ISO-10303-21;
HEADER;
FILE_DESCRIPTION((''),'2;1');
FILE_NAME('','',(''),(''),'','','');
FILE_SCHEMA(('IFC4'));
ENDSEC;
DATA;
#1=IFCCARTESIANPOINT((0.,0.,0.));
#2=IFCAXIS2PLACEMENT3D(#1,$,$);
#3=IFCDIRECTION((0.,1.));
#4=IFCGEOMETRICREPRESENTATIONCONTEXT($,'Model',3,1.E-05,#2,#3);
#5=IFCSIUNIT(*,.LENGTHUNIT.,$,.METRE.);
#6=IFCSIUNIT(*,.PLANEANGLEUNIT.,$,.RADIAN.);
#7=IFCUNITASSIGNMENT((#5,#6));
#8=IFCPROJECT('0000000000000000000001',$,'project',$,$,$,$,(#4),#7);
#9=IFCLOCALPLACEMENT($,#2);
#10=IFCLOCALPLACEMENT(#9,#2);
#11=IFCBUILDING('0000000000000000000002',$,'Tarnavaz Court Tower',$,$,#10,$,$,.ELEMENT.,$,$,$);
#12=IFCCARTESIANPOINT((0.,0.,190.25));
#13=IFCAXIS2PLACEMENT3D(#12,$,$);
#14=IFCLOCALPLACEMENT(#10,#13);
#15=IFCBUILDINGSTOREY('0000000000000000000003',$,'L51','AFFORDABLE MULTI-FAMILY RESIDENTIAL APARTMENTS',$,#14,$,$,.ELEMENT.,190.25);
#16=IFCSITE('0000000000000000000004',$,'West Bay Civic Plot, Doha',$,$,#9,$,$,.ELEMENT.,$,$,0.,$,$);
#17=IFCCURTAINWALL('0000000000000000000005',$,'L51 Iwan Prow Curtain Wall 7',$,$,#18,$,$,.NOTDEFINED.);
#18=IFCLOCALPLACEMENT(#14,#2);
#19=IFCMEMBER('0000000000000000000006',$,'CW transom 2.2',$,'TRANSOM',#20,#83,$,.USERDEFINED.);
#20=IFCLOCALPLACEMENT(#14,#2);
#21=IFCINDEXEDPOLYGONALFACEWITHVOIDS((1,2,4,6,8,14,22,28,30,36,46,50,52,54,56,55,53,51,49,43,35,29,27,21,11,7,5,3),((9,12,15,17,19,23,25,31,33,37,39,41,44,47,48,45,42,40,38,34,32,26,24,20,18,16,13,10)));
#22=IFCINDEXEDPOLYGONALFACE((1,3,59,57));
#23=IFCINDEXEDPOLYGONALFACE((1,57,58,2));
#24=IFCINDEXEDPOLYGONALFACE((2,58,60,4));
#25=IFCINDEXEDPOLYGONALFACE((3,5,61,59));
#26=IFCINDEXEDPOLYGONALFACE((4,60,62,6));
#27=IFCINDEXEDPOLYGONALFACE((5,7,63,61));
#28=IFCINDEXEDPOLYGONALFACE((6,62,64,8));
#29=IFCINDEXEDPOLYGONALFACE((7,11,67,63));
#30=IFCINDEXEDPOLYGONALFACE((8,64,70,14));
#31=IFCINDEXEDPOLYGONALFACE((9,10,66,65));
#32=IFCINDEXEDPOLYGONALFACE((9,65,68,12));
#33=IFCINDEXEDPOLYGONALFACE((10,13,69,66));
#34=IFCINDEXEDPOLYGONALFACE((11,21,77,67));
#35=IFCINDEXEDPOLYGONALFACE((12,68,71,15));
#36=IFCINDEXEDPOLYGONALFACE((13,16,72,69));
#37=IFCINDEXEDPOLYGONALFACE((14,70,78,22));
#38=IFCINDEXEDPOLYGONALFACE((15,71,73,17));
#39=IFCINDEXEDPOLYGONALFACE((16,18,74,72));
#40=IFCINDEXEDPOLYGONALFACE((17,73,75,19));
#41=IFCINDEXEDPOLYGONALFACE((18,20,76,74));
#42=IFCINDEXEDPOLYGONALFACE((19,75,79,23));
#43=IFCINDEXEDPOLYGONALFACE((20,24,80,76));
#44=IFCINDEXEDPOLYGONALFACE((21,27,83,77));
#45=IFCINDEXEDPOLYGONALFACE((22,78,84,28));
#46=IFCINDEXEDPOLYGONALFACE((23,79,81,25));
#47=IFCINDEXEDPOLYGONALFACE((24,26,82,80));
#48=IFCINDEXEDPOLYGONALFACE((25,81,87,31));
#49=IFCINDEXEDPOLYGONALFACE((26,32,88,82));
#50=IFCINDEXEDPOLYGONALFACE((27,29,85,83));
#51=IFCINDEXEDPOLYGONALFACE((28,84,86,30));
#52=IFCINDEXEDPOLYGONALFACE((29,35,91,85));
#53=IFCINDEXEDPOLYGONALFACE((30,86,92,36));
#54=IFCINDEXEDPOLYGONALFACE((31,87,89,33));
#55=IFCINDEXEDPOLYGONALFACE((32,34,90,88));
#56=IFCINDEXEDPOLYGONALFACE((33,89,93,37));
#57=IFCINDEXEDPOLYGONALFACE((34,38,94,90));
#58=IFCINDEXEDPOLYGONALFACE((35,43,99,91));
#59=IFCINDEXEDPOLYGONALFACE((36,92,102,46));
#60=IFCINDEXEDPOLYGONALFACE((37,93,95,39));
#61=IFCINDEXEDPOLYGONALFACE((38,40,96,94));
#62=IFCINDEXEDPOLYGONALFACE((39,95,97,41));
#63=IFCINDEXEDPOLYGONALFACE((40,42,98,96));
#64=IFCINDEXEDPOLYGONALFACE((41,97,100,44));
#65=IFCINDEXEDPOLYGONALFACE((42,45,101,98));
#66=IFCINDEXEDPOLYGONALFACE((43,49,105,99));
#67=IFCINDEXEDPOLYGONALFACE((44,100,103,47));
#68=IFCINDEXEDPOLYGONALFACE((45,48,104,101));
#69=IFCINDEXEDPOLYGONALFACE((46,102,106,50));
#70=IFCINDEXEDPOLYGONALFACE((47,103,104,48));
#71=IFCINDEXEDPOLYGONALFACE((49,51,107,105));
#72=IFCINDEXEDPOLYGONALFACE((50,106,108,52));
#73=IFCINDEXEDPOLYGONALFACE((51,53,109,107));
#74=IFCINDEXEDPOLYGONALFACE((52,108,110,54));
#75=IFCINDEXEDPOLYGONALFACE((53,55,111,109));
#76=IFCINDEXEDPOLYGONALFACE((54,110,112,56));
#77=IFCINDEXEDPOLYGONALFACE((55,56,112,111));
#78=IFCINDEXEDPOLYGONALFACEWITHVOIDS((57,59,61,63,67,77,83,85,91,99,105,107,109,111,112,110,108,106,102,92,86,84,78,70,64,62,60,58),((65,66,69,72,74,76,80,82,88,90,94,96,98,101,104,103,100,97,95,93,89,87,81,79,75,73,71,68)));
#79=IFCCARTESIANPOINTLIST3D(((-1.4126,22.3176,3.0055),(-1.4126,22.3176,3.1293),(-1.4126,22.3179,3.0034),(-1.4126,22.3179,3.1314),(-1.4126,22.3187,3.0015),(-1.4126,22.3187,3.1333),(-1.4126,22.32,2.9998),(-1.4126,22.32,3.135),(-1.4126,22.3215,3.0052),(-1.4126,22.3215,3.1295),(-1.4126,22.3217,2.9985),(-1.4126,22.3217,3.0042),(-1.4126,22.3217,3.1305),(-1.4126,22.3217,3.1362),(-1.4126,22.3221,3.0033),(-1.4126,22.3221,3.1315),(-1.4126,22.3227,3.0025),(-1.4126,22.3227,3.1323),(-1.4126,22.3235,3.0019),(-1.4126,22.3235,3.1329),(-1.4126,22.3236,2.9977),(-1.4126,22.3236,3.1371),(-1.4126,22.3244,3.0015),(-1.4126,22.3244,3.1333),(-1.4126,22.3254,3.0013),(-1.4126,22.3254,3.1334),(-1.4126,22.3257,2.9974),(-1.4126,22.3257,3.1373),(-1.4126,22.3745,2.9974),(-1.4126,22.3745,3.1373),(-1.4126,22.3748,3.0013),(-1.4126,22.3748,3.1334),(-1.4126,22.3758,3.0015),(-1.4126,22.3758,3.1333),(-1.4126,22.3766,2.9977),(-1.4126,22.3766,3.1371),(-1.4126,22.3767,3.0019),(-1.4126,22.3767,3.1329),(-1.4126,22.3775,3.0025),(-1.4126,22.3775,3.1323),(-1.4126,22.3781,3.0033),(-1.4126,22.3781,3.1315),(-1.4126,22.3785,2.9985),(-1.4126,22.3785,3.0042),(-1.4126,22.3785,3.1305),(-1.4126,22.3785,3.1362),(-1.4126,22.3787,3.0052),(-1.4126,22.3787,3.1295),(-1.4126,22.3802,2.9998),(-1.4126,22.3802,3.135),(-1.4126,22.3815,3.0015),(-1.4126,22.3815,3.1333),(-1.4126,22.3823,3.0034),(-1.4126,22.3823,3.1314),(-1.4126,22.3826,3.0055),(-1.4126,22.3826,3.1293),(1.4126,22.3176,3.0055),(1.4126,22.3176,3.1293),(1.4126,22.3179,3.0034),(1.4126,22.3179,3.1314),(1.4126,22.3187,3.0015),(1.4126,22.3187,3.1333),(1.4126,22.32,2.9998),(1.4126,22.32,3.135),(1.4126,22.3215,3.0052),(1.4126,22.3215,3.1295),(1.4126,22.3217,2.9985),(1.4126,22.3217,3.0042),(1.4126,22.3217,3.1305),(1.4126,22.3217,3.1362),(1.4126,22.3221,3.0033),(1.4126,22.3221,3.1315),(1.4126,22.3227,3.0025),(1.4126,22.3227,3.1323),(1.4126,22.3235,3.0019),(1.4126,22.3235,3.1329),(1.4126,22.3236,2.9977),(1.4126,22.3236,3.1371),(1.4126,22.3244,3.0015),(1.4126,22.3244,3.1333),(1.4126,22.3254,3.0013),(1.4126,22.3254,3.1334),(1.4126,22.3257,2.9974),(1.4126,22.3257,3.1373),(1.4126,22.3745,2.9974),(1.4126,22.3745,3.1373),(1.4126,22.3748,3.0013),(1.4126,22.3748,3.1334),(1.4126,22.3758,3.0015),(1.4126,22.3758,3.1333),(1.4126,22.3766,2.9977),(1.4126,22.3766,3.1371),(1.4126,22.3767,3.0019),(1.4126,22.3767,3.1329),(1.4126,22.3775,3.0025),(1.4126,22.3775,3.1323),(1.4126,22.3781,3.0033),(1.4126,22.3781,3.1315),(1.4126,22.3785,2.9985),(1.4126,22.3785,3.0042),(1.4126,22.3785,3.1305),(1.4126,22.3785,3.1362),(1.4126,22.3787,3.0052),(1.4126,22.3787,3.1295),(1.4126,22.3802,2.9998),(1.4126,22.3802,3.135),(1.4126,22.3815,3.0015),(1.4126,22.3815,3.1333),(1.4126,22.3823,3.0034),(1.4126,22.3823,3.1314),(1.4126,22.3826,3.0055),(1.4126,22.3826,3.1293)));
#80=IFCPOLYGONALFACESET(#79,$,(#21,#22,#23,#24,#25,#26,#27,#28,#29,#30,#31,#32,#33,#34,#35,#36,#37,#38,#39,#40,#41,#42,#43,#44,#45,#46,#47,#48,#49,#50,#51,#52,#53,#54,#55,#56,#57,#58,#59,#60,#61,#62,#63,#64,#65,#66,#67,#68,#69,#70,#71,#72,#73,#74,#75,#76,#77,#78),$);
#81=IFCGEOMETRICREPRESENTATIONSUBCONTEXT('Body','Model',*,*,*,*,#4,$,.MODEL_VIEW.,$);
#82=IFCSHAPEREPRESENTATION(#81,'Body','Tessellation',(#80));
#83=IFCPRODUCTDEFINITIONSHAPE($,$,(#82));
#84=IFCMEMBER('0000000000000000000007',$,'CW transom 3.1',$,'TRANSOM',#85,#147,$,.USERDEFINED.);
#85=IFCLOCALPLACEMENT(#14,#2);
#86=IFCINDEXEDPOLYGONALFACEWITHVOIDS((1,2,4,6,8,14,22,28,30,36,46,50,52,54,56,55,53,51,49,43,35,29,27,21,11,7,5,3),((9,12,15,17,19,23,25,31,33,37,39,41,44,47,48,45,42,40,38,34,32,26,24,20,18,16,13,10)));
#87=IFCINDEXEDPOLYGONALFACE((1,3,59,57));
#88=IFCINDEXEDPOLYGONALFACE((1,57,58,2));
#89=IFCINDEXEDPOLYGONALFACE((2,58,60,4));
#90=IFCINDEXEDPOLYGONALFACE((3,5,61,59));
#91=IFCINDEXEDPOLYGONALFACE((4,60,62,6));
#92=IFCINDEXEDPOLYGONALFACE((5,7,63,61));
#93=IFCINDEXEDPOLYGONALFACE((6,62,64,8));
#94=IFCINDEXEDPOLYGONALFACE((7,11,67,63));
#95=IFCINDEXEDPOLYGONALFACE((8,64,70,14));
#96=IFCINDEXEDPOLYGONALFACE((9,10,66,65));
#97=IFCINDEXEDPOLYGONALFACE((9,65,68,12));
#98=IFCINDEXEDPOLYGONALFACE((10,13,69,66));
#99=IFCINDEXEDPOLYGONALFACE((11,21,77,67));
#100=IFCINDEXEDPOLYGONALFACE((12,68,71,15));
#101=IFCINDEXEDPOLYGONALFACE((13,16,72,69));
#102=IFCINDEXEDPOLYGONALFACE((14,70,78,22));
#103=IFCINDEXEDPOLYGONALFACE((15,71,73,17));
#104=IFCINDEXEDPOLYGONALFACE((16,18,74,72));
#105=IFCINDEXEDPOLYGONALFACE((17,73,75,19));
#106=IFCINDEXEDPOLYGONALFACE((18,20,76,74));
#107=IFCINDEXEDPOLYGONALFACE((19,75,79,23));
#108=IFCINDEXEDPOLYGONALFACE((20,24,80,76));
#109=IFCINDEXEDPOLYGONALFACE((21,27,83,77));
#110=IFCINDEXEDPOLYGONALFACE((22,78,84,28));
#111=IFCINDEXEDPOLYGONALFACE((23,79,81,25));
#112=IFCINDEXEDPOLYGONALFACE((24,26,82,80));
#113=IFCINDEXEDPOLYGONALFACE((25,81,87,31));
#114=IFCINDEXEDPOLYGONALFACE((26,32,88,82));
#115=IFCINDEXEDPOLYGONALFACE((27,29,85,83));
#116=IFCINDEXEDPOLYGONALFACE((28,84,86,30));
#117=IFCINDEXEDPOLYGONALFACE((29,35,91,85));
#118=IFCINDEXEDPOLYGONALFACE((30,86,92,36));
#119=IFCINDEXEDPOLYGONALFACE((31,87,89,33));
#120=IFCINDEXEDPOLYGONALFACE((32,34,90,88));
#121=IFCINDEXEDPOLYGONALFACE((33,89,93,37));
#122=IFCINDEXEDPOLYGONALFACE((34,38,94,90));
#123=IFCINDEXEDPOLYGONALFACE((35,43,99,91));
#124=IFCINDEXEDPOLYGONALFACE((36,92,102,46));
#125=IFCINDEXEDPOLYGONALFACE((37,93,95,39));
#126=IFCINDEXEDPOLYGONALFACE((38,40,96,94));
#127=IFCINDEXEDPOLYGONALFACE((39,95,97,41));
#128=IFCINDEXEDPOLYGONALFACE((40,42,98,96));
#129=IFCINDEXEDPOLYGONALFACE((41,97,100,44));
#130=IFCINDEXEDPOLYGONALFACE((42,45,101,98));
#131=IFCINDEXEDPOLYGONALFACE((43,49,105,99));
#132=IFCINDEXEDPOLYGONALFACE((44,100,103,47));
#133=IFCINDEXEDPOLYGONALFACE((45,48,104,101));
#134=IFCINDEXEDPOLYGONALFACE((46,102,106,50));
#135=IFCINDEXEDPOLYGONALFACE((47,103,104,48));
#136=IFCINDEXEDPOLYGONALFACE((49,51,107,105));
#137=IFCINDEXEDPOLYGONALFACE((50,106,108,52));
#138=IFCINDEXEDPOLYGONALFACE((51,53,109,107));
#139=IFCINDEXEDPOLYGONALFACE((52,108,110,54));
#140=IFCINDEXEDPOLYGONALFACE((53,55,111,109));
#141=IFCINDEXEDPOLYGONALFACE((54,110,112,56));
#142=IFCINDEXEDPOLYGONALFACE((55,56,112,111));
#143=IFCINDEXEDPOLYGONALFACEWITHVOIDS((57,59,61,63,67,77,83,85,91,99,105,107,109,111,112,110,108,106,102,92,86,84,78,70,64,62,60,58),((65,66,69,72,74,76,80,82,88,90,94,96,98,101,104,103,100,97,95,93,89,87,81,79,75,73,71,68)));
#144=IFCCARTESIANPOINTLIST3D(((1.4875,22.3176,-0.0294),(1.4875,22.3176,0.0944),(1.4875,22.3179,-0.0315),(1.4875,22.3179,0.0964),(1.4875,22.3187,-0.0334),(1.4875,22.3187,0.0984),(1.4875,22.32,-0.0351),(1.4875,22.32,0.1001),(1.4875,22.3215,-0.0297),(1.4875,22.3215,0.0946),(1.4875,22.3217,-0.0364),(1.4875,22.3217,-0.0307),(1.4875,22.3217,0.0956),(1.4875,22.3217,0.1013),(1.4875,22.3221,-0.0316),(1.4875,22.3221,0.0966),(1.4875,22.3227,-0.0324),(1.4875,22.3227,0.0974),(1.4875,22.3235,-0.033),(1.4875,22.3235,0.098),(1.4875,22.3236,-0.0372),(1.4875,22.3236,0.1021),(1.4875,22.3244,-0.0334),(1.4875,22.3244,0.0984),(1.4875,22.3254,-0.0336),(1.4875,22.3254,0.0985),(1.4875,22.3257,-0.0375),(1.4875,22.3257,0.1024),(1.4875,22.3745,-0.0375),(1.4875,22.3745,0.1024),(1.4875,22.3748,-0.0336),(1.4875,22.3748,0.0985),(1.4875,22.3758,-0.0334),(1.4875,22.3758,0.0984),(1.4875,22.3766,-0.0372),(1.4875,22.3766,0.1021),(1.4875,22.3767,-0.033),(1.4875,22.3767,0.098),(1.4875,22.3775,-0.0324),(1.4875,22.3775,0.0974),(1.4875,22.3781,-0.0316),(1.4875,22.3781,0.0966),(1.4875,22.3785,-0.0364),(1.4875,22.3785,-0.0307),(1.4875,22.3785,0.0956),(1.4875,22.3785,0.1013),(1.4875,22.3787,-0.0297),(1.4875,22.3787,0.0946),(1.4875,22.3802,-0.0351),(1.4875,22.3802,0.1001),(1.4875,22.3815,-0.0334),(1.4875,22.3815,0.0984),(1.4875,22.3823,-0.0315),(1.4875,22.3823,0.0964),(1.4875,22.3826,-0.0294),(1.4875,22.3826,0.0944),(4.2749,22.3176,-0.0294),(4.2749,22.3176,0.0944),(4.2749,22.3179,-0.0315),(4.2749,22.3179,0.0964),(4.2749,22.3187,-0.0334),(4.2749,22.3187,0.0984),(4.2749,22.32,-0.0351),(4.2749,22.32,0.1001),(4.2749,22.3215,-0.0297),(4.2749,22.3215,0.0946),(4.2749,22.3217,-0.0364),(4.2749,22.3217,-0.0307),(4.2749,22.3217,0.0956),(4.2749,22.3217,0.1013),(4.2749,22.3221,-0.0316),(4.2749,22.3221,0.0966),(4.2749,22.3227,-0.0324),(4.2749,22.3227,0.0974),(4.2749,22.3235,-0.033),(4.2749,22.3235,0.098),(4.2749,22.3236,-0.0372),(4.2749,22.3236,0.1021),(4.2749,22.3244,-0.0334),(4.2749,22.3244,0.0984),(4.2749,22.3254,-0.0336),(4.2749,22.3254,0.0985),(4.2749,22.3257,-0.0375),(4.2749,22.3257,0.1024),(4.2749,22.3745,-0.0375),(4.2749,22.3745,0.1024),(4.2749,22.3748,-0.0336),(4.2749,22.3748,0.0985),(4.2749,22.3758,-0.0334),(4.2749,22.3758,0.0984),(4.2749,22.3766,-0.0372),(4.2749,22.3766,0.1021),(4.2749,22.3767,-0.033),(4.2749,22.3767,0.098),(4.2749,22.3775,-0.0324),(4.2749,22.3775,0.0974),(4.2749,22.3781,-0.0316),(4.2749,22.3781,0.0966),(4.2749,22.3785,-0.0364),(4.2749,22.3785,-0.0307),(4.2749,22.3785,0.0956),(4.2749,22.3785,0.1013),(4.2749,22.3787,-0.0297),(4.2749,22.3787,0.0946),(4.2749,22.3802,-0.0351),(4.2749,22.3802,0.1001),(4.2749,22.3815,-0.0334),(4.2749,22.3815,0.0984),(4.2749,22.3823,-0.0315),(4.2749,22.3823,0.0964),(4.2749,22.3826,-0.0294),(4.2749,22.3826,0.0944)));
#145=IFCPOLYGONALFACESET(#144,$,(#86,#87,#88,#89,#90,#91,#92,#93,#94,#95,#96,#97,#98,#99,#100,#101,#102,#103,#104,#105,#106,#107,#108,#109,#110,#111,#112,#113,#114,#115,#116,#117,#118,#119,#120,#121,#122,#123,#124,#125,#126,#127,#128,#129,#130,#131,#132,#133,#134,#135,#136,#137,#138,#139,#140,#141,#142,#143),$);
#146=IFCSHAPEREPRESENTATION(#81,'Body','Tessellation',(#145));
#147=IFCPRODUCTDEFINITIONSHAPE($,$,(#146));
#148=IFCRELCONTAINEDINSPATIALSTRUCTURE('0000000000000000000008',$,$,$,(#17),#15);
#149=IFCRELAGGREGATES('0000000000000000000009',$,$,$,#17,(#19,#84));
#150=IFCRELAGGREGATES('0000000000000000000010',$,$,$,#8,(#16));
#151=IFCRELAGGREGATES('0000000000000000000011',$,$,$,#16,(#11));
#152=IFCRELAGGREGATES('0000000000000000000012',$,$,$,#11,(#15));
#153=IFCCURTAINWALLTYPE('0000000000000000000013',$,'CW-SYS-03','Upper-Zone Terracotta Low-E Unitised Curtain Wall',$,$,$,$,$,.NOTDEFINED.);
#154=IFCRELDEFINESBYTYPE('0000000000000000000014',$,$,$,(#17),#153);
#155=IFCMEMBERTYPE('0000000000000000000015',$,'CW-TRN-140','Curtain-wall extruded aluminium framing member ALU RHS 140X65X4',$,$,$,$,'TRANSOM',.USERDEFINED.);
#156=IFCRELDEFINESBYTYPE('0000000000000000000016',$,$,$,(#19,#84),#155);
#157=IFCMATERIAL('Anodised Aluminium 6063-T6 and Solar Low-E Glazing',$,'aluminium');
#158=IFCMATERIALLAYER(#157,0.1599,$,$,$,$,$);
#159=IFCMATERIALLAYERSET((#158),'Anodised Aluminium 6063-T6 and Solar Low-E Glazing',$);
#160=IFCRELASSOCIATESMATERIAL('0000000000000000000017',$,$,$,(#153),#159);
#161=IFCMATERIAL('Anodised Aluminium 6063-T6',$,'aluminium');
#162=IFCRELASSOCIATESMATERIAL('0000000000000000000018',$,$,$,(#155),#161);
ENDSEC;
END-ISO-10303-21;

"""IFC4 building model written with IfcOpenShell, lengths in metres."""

from ifc_helpers import new_model, si_unit, direction, frame, origin, origin_2d, place, context, subcontext, project, spatial, hollow_rectangle, extrude, material, layer, layer_set, material_profile, profile_set, type_object, element, aggregate, save


model = new_model("IFC4")

# Units and contexts
model_context = context("Model", 3, precision=1e-05, world=origin(), true_north=direction((0.0, 1.0)))
body_context = subcontext(model_context, "Body", "Model", "MODEL_VIEW")
ifc_project = project(units=[si_unit("LENGTHUNIT", "METRE"), si_unit("PLANEANGLEUNIT", "RADIAN")], contexts=[model_context])

# Site, building, storey
site_placement = place(None, origin())
site = spatial("IfcSite", under=ifc_project, at=site_placement, Name="West Bay Civic Plot, Doha", CompositionType="ELEMENT", RefElevation=0.0)
building_placement = place(site_placement, origin())
building = spatial("IfcBuilding", under=site, at=building_placement, Name="Tarnavaz Court Tower", CompositionType="ELEMENT")
storey_placement = place(building_placement, frame((0.0, 0.0, 190.25)))
storey = spatial("IfcBuildingStorey", under=building, at=storey_placement, Name="L51", Description="AFFORDABLE MULTI-FAMILY RESIDENTIAL APARTMENTS", CompositionType="ELEMENT", Elevation=190.25)

# Curtain wall, members
ifc_material_1 = material(Name="Anodised Aluminium 6063-T6 and Solar Low-E Glazing", Category="aluminium")
ifc_layer_1 = layer(ifc_material_1, 0.1599)
ifc_layer_set_1 = layer_set([ifc_layer_1], Name="Anodised Aluminium 6063-T6 and Solar Low-E Glazing")
curtain_wall_type = type_object("IfcCurtainWallType", Name="CW-SYS-03", Description="Upper-Zone Terracotta Low-E Unitised Curtain Wall", PredefinedType="NOTDEFINED", material=ifc_layer_set_1)
curtain_wall_placement = place(storey_placement, origin())
curtain_wall = element("IfcCurtainWall", 1, at=curtain_wall_placement, inside=storey, type_object=curtain_wall_type, Name="L51 Iwan Prow Curtain Wall 7", PredefinedType="NOTDEFINED")
ifc_material_2 = material(Name="Anodised Aluminium 6063-T6", Category="aluminium")
ifc_material_profile_1 = material_profile(ifc_material_2, hollow_rectangle(XDim=0.0649, YDim=0.1399, WallThickness=0.0039, InnerFilletRadius=0.0039, OuterFilletRadius=0.0081, at=origin_2d()), Name="ALU RHS 140X65X4")
ifc_profile_set_1 = profile_set([ifc_material_profile_1], Name="Anodised Aluminium 6063-T6")
member_type_1 = type_object("IfcMemberType", Name="CW-TRN-140", Description="Curtain-wall extruded aluminium framing member ALU RHS 140X65X4", ElementType="TRANSOM", PredefinedType="USERDEFINED", material=ifc_profile_set_1)
member_1_placement = place(storey_placement, frame((-1.4126, 22.3501, 3.0674), z_axis=(1.0, 0.0, 0.0), x_axis=(0.0, 1.0, 0.0)))
member_1 = element("IfcMember", 2, at=member_1_placement, type_object=member_type_1, Name="CW transom 2.2", ObjectType="TRANSOM", PredefinedType="USERDEFINED", context=body_context, shape_type="SweptSolid", body=[
    extrude(hollow_rectangle(XDim=0.0649, YDim=0.1399, WallThickness=0.0039, InnerFilletRadius=0.0039, OuterFilletRadius=0.0081, at=origin_2d()), origin(), (0.0, 0.0, 1.0), 2.8252),
])
member_2_placement = place(storey_placement, frame((1.4875, 22.3501, 0.0325), z_axis=(1.0, 0.0, 0.0), x_axis=(0.0, 1.0, 0.0)))
member_2 = element("IfcMember", 3, at=member_2_placement, type_object=member_type_1, Name="CW transom 3.1", ObjectType="TRANSOM", PredefinedType="USERDEFINED", context=body_context, shape_type="SweptSolid", body=[
    extrude(hollow_rectangle(XDim=0.0649, YDim=0.1399, WallThickness=0.0039, InnerFilletRadius=0.0039, OuterFilletRadius=0.0081, at=origin_2d()), origin(), (0.0, 0.0, 1.0), 2.7874),
])
aggregate(curtain_wall, [member_1, member_2])

save(model, "model.ifc")
